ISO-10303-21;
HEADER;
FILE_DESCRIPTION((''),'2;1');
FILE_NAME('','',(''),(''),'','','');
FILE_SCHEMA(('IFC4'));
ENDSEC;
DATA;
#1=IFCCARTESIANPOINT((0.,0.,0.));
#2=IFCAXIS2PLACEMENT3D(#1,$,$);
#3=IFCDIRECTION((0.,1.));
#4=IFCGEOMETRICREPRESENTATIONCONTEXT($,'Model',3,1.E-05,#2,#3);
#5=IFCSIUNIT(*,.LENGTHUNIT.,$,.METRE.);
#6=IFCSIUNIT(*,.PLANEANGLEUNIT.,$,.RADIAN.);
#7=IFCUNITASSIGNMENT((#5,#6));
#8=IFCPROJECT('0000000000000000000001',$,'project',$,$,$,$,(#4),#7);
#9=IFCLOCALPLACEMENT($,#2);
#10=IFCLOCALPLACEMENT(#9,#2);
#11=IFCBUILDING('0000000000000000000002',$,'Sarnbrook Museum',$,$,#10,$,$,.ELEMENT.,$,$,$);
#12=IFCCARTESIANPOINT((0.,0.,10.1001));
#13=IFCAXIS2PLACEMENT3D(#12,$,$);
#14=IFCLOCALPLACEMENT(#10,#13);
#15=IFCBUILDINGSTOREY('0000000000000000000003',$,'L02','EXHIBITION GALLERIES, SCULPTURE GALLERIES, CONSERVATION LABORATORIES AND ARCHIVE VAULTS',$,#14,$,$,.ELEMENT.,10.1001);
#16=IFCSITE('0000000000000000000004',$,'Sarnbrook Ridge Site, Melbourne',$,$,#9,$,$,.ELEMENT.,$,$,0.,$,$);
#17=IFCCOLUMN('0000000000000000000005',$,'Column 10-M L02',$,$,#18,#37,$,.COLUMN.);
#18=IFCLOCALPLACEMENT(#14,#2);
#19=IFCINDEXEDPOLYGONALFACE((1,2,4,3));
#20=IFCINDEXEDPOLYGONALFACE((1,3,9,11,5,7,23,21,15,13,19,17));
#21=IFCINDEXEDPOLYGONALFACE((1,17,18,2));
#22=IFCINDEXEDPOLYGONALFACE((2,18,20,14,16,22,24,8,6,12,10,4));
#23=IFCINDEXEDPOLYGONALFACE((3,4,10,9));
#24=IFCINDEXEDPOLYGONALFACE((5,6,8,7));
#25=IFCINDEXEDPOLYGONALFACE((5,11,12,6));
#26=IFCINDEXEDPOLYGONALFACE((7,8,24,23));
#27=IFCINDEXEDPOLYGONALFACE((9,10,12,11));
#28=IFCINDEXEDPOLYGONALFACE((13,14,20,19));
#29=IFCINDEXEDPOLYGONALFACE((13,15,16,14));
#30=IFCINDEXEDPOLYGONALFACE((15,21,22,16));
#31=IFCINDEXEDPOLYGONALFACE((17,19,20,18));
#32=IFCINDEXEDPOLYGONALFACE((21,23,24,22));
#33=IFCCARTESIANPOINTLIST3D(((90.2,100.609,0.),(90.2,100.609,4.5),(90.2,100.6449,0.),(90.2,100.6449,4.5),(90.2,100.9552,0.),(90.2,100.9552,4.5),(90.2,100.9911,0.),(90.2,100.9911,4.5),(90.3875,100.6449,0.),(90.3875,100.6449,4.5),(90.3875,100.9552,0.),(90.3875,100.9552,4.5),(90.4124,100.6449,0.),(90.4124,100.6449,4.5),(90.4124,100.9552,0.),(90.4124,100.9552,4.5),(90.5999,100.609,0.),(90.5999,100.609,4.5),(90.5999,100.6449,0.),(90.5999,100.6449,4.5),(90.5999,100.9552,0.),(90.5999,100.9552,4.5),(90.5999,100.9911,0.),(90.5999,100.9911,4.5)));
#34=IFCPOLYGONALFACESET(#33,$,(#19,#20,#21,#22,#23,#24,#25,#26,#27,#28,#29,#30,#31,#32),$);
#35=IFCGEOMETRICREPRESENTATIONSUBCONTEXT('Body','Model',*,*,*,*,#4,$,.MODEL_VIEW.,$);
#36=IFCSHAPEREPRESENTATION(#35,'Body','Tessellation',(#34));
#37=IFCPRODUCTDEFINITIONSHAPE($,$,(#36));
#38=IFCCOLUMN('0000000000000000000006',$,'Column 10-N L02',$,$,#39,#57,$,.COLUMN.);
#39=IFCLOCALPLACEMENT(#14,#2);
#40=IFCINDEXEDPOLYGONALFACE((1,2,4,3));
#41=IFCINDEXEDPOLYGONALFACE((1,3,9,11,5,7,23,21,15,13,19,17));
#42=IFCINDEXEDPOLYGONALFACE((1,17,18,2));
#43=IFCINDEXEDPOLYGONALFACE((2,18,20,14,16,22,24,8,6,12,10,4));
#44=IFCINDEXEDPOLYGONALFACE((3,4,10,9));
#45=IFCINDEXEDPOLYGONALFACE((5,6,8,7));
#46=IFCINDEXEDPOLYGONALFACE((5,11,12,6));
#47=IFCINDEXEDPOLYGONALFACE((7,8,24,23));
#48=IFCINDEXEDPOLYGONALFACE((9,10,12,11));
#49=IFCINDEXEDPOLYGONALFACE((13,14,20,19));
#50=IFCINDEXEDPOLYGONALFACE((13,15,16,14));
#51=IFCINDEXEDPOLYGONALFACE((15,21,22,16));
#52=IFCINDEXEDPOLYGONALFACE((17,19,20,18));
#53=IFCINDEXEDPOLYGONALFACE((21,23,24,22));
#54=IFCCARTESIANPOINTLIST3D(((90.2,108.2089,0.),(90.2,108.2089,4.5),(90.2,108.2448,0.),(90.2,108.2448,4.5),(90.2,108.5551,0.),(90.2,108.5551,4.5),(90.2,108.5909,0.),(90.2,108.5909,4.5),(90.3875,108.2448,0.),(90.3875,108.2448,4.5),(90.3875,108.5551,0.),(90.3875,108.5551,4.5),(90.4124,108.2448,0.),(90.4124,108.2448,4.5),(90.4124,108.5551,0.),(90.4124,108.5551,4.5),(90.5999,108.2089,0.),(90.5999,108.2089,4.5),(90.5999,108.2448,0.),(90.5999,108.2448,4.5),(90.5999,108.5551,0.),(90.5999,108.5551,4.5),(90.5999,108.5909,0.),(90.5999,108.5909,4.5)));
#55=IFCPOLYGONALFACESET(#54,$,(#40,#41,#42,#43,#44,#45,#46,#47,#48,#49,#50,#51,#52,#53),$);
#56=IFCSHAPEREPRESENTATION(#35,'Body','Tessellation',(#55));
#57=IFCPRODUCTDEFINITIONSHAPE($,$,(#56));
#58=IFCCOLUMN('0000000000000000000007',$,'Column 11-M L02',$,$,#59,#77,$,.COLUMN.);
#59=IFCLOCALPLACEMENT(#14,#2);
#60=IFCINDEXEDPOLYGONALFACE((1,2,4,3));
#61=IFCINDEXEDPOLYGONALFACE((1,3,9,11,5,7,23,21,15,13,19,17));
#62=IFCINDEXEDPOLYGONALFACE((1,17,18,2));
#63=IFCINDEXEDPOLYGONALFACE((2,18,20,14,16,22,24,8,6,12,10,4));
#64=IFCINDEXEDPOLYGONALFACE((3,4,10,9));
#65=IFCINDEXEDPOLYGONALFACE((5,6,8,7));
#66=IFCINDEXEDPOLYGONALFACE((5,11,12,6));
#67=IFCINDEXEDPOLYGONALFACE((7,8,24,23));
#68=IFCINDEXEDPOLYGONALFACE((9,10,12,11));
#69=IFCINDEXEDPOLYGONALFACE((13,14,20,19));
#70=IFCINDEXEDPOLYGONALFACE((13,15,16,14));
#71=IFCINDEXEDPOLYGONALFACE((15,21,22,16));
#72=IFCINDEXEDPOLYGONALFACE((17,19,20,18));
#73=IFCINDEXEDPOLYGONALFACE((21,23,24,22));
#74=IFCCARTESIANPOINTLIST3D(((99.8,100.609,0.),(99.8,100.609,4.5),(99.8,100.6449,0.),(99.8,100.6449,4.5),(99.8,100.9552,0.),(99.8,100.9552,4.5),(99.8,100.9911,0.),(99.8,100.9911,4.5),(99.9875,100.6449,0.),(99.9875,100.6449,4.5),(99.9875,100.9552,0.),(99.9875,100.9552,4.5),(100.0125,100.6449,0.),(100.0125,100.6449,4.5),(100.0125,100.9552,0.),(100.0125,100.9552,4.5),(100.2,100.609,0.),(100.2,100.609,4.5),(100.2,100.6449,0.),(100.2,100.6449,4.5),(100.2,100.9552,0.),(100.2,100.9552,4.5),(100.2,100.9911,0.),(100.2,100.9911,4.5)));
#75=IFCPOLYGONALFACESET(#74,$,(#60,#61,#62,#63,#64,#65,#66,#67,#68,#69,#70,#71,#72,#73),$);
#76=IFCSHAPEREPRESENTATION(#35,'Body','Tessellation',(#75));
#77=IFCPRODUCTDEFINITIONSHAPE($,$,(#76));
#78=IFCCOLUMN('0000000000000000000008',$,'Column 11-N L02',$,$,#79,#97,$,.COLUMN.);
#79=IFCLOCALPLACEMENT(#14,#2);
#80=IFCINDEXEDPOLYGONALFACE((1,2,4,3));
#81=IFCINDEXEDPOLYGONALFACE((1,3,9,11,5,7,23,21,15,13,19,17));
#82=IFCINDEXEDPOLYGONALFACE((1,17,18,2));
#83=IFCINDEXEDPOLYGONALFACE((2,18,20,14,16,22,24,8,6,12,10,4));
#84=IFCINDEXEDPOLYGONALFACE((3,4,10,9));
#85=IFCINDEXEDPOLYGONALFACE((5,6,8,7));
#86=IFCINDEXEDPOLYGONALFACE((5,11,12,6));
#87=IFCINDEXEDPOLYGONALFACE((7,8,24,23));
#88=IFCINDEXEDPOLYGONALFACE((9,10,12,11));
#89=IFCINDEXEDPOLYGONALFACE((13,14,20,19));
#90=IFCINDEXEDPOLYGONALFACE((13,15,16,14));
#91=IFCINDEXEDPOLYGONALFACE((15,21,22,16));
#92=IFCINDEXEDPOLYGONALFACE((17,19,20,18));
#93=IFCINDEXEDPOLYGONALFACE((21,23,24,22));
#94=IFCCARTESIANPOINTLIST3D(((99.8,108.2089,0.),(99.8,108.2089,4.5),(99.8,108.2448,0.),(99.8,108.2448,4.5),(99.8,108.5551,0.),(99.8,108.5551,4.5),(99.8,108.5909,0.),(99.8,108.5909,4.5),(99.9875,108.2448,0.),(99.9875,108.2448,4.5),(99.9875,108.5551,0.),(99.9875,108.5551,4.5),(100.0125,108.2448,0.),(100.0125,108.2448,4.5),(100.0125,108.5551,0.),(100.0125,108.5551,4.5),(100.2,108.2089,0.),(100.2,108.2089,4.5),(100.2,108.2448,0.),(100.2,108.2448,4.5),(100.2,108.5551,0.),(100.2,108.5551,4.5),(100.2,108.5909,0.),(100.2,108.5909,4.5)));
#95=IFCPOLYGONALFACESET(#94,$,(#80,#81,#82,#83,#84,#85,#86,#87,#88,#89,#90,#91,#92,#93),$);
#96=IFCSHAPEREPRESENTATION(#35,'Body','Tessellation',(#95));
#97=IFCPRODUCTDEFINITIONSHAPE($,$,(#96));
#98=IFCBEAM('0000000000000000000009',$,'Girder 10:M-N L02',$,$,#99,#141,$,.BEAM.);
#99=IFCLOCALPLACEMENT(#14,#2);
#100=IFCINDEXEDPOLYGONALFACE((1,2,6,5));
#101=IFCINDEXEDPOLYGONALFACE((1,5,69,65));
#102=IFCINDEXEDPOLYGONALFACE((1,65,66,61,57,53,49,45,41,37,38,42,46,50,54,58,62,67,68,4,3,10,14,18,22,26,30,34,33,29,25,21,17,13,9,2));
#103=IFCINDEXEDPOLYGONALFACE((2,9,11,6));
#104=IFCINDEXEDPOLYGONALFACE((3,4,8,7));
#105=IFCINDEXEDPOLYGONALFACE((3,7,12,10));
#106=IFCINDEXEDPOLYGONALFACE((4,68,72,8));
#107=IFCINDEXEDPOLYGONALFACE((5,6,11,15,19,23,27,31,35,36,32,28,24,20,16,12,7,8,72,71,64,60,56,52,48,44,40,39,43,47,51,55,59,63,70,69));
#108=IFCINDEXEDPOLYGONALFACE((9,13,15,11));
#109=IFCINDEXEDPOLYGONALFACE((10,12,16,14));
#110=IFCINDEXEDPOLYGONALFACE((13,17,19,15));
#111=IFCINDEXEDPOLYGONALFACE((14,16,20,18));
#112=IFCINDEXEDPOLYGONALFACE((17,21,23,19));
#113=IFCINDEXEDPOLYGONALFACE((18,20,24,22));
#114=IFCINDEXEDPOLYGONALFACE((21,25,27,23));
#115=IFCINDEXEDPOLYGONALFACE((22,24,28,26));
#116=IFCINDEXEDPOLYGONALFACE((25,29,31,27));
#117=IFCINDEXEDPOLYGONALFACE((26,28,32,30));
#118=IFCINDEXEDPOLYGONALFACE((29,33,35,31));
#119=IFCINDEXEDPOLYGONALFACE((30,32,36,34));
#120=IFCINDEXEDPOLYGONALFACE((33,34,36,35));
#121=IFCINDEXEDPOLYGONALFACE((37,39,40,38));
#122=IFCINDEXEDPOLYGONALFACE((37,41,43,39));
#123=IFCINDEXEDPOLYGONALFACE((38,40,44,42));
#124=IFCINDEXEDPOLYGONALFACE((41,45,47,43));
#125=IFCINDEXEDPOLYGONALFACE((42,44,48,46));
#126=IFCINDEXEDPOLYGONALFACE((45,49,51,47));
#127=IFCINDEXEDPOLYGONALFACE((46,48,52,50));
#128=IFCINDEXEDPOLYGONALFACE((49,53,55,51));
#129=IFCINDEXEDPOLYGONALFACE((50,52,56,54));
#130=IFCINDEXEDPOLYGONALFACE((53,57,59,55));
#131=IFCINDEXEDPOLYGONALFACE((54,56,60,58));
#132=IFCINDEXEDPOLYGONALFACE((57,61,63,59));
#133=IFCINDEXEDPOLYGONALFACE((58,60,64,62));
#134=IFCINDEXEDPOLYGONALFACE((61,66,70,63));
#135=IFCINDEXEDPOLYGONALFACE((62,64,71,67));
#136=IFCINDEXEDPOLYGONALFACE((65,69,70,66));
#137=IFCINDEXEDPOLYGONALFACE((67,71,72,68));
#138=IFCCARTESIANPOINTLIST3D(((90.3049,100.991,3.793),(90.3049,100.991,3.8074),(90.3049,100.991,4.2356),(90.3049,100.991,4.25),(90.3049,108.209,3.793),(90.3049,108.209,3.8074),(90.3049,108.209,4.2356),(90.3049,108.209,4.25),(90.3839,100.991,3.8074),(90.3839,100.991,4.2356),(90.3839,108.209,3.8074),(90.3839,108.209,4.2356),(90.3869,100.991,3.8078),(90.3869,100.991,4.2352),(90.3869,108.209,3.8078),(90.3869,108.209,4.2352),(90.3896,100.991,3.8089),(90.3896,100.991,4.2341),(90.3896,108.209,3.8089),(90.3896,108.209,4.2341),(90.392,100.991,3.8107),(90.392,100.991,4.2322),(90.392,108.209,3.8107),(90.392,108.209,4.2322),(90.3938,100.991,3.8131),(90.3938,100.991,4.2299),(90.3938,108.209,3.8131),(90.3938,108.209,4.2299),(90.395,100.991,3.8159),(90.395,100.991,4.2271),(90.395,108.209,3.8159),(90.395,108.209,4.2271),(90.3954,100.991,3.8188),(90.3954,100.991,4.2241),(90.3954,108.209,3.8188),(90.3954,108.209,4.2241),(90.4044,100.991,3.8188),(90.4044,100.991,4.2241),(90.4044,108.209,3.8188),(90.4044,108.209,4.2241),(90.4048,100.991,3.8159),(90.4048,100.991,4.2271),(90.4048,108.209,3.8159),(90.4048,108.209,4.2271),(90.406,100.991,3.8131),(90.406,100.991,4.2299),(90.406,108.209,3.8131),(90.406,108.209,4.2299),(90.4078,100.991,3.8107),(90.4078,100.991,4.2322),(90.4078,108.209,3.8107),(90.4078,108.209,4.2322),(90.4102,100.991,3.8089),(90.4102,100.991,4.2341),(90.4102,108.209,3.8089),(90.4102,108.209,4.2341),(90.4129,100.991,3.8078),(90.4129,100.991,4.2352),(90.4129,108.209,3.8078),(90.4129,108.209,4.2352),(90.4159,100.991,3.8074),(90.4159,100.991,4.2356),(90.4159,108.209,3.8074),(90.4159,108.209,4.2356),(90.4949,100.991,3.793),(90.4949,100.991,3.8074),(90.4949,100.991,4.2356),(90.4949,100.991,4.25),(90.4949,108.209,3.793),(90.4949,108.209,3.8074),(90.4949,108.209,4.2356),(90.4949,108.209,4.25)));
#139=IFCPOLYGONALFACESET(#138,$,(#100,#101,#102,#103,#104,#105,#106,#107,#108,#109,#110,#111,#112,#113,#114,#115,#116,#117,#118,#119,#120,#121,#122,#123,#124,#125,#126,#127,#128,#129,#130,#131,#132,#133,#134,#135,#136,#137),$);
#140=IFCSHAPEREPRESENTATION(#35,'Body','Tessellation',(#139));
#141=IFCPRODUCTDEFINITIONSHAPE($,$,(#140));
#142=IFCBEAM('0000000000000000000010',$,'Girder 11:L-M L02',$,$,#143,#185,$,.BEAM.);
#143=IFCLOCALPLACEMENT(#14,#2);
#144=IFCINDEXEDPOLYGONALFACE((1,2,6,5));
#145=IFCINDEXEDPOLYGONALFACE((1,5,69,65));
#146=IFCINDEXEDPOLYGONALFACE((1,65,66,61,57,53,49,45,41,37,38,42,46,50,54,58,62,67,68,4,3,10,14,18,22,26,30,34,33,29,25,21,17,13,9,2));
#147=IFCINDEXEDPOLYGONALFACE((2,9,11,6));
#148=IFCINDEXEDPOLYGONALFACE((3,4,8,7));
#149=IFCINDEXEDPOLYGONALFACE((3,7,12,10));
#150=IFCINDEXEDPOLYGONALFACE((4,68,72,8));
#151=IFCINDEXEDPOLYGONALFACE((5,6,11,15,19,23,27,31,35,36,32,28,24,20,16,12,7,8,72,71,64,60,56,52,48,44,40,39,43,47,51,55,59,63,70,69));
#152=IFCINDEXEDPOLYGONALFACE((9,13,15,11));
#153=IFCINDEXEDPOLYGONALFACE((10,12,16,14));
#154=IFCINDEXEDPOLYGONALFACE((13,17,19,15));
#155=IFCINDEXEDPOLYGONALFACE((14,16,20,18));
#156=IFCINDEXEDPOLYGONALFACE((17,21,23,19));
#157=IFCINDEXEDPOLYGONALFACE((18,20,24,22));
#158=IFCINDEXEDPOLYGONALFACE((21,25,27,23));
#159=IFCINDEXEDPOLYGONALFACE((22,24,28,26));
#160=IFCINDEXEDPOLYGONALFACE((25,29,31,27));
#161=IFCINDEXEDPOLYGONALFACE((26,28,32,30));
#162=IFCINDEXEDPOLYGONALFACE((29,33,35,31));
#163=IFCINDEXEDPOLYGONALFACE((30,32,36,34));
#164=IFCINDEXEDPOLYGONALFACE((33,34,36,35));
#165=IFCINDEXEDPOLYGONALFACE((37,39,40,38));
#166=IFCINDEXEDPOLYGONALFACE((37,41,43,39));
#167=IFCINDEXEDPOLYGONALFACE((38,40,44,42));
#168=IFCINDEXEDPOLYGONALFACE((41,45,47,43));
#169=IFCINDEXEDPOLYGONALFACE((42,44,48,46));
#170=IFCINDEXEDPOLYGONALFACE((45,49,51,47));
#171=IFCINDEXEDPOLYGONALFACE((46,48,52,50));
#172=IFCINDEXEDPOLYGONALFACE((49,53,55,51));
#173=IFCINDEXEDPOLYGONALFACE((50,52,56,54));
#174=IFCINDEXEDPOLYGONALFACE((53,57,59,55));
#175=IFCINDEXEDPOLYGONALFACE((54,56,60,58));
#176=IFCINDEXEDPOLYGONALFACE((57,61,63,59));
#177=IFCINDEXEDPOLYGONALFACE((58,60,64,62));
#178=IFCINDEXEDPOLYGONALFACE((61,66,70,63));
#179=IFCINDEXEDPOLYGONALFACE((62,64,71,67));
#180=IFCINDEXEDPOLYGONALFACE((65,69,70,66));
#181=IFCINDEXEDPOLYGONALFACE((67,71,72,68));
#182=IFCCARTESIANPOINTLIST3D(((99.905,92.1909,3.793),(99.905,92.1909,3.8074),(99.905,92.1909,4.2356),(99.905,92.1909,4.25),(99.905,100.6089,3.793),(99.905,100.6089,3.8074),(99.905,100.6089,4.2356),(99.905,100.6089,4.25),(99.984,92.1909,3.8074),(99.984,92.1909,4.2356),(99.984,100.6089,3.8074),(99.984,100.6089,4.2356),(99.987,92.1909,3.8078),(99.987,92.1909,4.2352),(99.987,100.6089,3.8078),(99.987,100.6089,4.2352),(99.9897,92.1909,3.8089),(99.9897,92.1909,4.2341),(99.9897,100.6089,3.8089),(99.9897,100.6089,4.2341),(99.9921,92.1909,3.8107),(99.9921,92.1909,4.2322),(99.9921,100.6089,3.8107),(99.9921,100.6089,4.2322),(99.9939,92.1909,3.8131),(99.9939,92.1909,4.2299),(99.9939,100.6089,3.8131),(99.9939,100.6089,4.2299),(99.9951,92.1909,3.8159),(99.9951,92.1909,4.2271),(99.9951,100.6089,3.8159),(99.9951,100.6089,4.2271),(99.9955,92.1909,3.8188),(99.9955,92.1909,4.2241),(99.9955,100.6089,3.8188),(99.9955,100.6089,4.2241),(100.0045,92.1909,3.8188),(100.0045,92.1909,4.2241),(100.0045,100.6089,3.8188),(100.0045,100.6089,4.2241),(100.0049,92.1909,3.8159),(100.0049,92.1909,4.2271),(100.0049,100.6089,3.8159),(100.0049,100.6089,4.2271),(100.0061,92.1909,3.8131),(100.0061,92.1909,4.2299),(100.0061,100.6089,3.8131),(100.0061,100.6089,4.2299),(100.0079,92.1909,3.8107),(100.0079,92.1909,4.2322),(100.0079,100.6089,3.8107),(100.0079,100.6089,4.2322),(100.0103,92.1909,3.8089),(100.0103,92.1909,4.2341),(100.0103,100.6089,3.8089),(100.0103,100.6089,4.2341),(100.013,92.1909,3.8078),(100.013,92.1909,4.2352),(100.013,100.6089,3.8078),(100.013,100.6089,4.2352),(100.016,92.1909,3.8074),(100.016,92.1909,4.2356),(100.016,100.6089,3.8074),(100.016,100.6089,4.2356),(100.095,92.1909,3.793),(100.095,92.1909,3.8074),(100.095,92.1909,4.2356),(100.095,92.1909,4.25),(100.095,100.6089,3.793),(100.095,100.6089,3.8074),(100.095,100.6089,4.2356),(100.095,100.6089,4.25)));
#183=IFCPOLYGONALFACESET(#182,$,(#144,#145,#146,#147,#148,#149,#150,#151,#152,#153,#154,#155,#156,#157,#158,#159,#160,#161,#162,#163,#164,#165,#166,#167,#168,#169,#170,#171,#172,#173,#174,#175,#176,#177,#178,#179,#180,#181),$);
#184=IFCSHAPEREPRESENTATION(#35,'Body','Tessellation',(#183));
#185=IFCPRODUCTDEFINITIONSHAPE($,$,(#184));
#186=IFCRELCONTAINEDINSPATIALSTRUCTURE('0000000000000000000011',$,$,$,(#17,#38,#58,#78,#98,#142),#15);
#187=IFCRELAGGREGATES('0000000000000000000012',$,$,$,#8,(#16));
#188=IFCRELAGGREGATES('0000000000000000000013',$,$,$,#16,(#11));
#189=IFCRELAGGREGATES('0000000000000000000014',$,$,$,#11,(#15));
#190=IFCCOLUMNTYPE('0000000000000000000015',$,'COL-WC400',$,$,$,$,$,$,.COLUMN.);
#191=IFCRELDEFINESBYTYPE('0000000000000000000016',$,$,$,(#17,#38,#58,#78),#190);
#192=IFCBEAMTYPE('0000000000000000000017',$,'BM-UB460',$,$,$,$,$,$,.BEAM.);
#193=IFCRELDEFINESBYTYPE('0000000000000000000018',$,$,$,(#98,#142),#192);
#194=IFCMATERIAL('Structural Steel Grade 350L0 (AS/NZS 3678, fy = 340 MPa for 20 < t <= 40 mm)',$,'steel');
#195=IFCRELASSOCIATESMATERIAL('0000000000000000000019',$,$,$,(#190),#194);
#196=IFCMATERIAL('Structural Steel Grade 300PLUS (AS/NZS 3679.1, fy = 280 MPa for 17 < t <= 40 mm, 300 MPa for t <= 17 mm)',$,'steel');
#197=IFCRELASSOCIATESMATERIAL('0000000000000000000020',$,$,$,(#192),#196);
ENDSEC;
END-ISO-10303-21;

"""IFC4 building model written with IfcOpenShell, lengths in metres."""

from ifc_helpers import new_model, si_unit, direction, frame, origin, origin_2d, place, context, subcontext, project, spatial, i_section, extrude, material, material_profile, profile_set, type_object, element, save


model = new_model("IFC4")

# Units and contexts
model_context = context("Model", 3, precision=1e-05, world=origin(), true_north=direction((0.0, 1.0)))
body_context = subcontext(model_context, "Body", "Model", "MODEL_VIEW")
ifc_project = project(units=[si_unit("LENGTHUNIT", "METRE"), si_unit("PLANEANGLEUNIT", "RADIAN")], contexts=[model_context])

# Site, building, storey
site_placement = place(None, origin())
site = spatial("IfcSite", under=ifc_project, at=site_placement, Name="Sarnbrook Ridge Site, Melbourne", CompositionType="ELEMENT", RefElevation=0.0)
building_placement = place(site_placement, origin())
building = spatial("IfcBuilding", under=site, at=building_placement, Name="Sarnbrook Museum", CompositionType="ELEMENT")
storey_placement = place(building_placement, frame((0.0, 0.0, 10.1001)))
storey = spatial("IfcBuildingStorey", under=building, at=storey_placement, Name="L02", Description="EXHIBITION GALLERIES, SCULPTURE GALLERIES, CONSERVATION LABORATORIES AND ARCHIVE VAULTS", CompositionType="ELEMENT", Elevation=10.1001)

# Columns
ifc_material_1 = material(Name="Structural Steel Grade 350L0 (AS/NZS 3678, fy = 340 MPa for 20 < t <= 40 mm)", Category="steel")
ifc_material_profile_1 = material_profile(ifc_material_1, i_section(OverallWidth=0.3999, OverallDepth=0.3821, WebThickness=0.0249, FlangeThickness=0.0359, at=origin_2d()), Name="400WC270")
ifc_profile_set_1 = profile_set([ifc_material_profile_1], Name="Structural Steel Grade 350L0 (AS/NZS 3678, fy = 340 MPa for 20 < t <= 40 mm)")
column_type = type_object("IfcColumnType", Name="COL-WC400", PredefinedType="COLUMN", material=ifc_profile_set_1)
for number, where, z_axis, x_axis, name in (
    (1, (90.3999, 100.8, 0.0), (0.0, 0.0, 1.0), (1.0, 0.0, 0.0), "Column 10-M L02"),
    (2, (90.3999, 108.3999, 0.0), (0.0, 0.0, 1.0), (1.0, 0.0, 0.0), "Column 10-N L02"),
    (3, (100.0, 100.8, 0.0), (0.0, 0.0, 1.0), (1.0, 0.0, 0.0), "Column 11-M L02"),
    (4, (100.0, 108.3999, 0.0), (0.0, 0.0, 1.0), (1.0, 0.0, 0.0), "Column 11-N L02"),
):
    element("IfcColumn", number, at=place(storey_placement, frame(where, z_axis=z_axis, x_axis=x_axis)), inside=storey, type_object=column_type, Name=name, PredefinedType="COLUMN", context=body_context, shape_type="SweptSolid", body=[
        extrude(i_section(OverallWidth=0.3999, OverallDepth=0.3821, WebThickness=0.0249, FlangeThickness=0.0359, at=origin_2d()), origin(), (0.0, 0.0, 1.0), 4.5),
    ])

# Beams
ifc_material_2 = material(Name="Structural Steel Grade 300PLUS (AS/NZS 3679.1, fy = 280 MPa for 17 < t <= 40 mm, 300 MPa for t <= 17 mm)", Category="steel")
ifc_material_profile_2 = material_profile(ifc_material_2, i_section(OverallWidth=0.1899, OverallDepth=0.457, WebThickness=0.009, FlangeThickness=0.0144, FilletRadius=0.0115, at=origin_2d()), Name="460UB74.6")
ifc_profile_set_2 = profile_set([ifc_material_profile_2], Name="Structural Steel Grade 300PLUS (AS/NZS 3679.1, fy = 280 MPa for 17 < t <= 40 mm, 300 MPa for t <= 17 mm)")
beam_type_1 = type_object("IfcBeamType", Name="BM-UB460", PredefinedType="BEAM", material=ifc_profile_set_2)
beam_1_placement = place(storey_placement, frame((90.3999, 100.991, 4.0215), z_axis=(0.0, 1.0, 0.0), x_axis=(-1.0, 0.0, 0.0)))
element("IfcBeam", 5, at=beam_1_placement, inside=storey, type_object=beam_type_1, Name="Girder 10:M-N L02", PredefinedType="BEAM", context=body_context, shape_type="SweptSolid", body=[
    extrude(i_section(OverallWidth=0.1899, OverallDepth=0.457, WebThickness=0.009, FlangeThickness=0.0144, FilletRadius=0.0115, at=origin_2d()), origin(), (0.0, 0.0, 1.0), 7.218),
])
beam_2_placement = place(storey_placement, frame((100.0, 92.1909, 4.0215), z_axis=(0.0, 1.0, 0.0), x_axis=(-1.0, 0.0, 0.0)))
element("IfcBeam", 6, at=beam_2_placement, inside=storey, type_object=beam_type_1, Name="Girder 11:L-M L02", PredefinedType="BEAM", context=body_context, shape_type="SweptSolid", body=[
    extrude(i_section(OverallWidth=0.1899, OverallDepth=0.457, WebThickness=0.009, FlangeThickness=0.0144, FilletRadius=0.0115, at=origin_2d()), origin(), (0.0, 0.0, 1.0), 8.418),
])

save(model, "model.ifc")
